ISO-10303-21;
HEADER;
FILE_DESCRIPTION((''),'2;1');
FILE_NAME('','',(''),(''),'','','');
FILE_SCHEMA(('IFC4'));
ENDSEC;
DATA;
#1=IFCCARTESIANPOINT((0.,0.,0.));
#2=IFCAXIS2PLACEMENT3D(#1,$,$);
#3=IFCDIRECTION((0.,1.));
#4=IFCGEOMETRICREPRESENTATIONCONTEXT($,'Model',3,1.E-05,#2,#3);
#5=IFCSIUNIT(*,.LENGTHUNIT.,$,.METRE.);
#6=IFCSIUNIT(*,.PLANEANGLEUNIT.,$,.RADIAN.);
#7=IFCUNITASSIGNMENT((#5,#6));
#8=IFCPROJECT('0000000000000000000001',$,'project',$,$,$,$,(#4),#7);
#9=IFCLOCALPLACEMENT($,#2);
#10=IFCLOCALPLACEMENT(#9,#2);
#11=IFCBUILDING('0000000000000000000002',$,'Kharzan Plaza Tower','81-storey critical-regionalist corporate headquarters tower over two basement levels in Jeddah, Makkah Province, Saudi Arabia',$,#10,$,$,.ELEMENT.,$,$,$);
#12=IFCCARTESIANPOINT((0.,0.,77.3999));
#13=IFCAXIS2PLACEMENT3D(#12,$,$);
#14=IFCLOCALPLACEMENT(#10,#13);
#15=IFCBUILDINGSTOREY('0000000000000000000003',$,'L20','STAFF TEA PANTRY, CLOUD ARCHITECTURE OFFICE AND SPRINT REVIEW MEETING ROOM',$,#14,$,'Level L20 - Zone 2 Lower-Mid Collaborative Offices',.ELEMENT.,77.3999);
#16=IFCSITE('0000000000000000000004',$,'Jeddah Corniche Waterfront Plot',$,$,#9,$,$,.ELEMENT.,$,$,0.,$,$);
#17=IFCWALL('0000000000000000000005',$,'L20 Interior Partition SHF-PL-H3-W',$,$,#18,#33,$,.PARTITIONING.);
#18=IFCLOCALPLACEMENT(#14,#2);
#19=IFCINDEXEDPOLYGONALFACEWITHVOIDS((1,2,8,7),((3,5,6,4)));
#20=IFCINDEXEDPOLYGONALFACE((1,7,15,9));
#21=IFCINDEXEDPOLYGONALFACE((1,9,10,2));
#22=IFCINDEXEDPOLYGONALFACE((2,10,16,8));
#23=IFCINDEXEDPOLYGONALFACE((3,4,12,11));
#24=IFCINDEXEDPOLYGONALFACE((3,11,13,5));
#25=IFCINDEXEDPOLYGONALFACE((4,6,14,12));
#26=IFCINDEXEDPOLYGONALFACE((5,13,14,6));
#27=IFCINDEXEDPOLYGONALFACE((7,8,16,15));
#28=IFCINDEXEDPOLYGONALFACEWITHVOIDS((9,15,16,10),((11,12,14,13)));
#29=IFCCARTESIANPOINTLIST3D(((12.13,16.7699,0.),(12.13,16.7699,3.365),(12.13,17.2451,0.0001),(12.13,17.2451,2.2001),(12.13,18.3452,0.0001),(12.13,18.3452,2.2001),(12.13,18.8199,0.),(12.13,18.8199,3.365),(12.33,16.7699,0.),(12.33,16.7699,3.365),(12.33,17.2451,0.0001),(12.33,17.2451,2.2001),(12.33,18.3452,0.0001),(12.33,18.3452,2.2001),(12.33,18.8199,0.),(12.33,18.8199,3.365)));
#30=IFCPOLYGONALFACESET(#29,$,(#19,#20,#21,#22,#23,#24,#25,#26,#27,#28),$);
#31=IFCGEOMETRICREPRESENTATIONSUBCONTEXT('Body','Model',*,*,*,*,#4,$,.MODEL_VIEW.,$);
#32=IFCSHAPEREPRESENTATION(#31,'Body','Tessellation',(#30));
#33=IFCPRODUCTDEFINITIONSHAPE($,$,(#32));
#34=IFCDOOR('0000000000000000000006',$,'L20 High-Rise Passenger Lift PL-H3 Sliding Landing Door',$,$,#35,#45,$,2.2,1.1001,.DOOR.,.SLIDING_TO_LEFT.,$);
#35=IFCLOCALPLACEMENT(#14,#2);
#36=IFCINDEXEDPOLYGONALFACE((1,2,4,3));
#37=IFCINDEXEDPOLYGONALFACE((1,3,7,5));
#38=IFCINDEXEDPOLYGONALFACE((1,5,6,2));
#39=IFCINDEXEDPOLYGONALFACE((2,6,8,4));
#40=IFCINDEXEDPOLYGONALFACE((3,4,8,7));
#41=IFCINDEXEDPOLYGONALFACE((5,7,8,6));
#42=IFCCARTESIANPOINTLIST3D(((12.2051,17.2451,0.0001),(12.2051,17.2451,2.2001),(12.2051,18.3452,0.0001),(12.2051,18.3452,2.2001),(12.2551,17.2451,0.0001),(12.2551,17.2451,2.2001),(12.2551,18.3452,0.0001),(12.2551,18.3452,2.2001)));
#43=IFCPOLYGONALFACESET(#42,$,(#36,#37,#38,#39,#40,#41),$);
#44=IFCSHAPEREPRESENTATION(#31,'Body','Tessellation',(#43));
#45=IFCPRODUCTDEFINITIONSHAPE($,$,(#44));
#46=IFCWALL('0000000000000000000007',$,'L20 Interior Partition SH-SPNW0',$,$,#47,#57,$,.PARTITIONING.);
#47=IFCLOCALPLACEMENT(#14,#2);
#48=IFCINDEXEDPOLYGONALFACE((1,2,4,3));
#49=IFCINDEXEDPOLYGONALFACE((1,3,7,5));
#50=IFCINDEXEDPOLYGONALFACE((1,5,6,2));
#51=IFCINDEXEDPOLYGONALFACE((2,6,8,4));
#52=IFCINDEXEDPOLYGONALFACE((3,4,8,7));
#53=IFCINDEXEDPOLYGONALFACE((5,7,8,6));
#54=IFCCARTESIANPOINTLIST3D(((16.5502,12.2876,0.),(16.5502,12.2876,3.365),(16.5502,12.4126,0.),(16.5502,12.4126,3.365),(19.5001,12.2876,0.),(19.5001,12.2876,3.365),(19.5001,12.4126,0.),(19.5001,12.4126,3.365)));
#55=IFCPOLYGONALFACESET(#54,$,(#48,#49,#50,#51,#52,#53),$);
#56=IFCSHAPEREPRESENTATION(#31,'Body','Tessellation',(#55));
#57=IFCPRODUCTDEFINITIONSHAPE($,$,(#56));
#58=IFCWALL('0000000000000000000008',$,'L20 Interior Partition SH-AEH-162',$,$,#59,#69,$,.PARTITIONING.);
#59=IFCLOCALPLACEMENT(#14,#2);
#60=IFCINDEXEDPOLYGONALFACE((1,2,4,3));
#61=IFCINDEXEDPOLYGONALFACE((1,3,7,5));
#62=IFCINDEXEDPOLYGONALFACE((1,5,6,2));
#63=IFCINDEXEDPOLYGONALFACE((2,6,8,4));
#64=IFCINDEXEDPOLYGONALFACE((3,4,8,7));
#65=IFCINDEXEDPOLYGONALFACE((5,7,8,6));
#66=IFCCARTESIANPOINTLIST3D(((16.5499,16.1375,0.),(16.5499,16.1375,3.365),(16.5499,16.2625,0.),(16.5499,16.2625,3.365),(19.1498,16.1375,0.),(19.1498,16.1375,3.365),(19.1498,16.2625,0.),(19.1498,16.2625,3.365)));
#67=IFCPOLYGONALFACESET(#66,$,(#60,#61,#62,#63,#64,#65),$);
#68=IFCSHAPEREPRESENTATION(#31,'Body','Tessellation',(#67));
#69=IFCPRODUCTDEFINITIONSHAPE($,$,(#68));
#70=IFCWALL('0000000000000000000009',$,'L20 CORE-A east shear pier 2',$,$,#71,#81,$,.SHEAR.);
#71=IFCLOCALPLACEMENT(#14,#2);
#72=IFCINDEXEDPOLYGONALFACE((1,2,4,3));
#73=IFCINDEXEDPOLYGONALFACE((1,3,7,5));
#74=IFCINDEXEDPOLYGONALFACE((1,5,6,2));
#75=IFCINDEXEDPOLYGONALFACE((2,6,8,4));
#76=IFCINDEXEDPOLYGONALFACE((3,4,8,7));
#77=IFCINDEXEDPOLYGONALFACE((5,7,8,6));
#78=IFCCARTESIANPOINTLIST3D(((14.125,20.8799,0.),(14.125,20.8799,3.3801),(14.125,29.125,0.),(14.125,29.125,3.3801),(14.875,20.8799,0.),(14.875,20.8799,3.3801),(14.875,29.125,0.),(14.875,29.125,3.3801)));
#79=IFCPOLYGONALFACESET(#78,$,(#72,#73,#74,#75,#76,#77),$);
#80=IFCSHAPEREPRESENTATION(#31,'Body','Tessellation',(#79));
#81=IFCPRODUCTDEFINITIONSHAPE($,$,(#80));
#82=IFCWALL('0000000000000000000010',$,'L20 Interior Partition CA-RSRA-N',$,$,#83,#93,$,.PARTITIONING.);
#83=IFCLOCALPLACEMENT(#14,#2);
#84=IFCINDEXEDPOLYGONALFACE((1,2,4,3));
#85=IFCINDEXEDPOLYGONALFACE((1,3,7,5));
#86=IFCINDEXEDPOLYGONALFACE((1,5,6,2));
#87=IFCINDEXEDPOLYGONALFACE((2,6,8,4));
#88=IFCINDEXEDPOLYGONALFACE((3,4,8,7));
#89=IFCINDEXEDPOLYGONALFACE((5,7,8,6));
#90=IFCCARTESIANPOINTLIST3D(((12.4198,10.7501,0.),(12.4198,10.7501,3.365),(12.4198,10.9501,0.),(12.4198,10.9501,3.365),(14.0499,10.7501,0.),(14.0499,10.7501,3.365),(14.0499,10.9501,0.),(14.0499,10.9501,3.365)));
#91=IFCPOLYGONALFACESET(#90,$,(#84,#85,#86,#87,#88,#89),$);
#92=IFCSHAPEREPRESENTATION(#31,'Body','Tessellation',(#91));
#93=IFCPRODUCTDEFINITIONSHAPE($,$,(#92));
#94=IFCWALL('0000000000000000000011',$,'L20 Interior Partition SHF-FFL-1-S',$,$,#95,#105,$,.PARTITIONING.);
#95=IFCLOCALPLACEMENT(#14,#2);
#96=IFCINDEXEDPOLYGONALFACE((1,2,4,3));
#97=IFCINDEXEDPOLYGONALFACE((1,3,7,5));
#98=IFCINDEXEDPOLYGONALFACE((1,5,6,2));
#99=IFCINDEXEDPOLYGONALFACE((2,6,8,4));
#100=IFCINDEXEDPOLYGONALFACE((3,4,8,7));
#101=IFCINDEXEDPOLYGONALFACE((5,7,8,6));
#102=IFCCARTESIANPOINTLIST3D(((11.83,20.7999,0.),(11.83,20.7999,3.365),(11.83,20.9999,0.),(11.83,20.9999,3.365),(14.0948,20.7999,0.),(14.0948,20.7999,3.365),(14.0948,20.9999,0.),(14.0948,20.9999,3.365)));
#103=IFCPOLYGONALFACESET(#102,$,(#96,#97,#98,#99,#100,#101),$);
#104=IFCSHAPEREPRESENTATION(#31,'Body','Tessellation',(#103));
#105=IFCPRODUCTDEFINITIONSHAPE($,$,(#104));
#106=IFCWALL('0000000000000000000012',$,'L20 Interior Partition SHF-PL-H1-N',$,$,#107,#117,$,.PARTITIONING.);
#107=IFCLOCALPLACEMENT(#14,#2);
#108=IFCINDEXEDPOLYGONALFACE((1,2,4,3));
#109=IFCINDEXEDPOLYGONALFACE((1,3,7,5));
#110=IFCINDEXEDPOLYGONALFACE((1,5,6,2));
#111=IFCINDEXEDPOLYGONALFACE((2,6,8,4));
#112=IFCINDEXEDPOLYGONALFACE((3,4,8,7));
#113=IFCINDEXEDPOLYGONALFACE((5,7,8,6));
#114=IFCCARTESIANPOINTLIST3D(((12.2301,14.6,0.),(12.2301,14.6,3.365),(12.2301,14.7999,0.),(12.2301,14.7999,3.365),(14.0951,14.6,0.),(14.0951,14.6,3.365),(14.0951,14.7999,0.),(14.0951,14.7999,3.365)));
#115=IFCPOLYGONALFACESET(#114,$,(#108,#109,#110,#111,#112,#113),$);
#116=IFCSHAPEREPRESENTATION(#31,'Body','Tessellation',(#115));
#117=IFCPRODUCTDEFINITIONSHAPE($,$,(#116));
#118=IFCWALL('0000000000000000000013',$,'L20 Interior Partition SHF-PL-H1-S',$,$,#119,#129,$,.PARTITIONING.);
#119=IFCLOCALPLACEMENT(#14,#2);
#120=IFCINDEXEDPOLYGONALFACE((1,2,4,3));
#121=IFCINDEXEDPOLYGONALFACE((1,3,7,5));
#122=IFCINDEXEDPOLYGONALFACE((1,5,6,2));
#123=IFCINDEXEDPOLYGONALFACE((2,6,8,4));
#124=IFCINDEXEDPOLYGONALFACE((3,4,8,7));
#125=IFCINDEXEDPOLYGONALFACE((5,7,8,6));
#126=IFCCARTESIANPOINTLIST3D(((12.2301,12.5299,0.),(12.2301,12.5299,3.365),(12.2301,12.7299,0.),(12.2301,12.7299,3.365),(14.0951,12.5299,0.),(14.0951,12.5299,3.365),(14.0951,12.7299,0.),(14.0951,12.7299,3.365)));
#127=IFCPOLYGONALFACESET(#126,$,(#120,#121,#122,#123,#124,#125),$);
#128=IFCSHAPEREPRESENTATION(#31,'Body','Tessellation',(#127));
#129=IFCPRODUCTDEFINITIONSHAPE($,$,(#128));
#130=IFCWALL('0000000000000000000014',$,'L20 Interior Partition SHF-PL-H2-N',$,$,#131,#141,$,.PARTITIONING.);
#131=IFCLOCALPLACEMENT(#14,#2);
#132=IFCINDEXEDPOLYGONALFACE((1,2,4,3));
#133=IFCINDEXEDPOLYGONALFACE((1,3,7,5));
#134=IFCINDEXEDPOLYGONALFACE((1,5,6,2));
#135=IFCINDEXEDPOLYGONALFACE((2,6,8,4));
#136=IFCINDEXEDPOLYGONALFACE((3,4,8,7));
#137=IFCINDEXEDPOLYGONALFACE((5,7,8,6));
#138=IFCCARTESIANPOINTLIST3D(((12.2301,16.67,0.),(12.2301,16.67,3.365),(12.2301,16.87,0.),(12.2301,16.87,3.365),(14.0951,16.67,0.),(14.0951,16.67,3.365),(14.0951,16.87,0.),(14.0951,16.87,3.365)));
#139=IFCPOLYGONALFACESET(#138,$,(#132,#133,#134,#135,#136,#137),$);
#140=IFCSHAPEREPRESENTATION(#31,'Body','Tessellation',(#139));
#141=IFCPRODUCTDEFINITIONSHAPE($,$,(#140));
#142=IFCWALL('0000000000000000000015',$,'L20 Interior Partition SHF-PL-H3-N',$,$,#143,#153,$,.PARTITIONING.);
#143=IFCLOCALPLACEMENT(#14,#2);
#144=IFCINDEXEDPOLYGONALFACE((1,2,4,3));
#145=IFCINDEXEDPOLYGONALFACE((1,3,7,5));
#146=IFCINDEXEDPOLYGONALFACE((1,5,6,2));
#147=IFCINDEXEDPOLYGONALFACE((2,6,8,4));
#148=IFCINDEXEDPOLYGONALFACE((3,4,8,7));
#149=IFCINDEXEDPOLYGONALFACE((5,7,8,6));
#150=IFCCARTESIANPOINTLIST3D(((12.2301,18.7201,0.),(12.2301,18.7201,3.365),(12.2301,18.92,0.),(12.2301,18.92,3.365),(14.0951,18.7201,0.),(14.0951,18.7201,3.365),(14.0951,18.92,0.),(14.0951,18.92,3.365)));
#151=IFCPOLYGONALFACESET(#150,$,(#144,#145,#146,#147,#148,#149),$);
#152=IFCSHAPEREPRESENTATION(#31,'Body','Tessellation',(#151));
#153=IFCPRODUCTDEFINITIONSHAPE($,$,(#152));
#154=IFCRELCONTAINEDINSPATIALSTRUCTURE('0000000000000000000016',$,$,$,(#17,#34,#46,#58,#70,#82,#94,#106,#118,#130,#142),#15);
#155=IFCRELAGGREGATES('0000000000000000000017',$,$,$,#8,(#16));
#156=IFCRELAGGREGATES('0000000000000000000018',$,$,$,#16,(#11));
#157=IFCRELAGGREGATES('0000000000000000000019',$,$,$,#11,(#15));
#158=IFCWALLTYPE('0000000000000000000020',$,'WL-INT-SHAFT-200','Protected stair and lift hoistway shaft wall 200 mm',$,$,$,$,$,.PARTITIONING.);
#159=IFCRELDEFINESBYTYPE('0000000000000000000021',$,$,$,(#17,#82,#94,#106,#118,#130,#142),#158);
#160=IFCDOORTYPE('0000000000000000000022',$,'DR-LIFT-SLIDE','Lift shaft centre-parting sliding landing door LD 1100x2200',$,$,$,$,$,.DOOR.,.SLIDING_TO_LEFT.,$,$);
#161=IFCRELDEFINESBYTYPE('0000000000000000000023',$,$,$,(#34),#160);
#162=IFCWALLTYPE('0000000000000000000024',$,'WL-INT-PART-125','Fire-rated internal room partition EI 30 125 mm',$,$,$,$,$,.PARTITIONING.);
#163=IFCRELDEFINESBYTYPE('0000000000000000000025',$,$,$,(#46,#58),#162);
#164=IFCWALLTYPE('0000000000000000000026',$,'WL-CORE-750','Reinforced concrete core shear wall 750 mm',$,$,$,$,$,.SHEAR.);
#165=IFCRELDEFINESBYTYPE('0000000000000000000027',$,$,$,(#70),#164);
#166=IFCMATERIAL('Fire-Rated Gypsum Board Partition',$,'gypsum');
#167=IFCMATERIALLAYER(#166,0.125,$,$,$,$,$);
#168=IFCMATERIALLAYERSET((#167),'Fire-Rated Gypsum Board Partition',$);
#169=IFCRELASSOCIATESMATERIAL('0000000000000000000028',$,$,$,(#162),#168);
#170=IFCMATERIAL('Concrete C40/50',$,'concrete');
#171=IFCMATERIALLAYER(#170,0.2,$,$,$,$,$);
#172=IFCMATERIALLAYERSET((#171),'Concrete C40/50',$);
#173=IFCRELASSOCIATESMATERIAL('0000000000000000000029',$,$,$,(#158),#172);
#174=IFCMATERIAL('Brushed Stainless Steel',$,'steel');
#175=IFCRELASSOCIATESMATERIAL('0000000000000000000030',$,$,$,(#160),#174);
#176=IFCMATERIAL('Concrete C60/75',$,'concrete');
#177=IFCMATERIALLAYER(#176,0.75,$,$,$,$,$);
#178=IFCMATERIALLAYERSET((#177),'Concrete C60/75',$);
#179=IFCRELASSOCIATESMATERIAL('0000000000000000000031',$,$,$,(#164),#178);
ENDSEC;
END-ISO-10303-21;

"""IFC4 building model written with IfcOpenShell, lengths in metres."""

from ifc_helpers import new_model, si_unit, direction, frame, frame_2d, origin, place, context, subcontext, project, spatial, rectangle, extrude, source, transform, mapped, material, layer, layer_set, type_object, element, fill, save


model = new_model("IFC4")

# Units and contexts
model_context = context("Model", 3, precision=1e-05, world=origin(), true_north=direction((0.0, 1.0)))
body_context = subcontext(model_context, "Body", "Model", "MODEL_VIEW")
ifc_project = project(units=[si_unit("LENGTHUNIT", "METRE"), si_unit("PLANEANGLEUNIT", "RADIAN")], contexts=[model_context])

# Site, building, storey
site_placement = place(None, origin())
site = spatial("IfcSite", under=ifc_project, at=site_placement, Name="Jeddah Corniche Waterfront Plot", CompositionType="ELEMENT", RefElevation=0.0)
building_placement = place(site_placement, origin())
building = spatial("IfcBuilding", under=site, at=building_placement, Name="Kharzan Plaza Tower", Description="81-storey critical-regionalist corporate headquarters tower over two basement levels in Jeddah, Makkah Province, Saudi Arabia", CompositionType="ELEMENT")
storey_placement = place(building_placement, frame((0.0, 0.0, 77.3999)))
storey = spatial("IfcBuildingStorey", under=building, at=storey_placement, Name="L20", Description="STAFF TEA PANTRY, CLOUD ARCHITECTURE OFFICE AND SPRINT REVIEW MEETING ROOM", LongName="Level L20 - Zone 2 Lower-Mid Collaborative Offices", CompositionType="ELEMENT", Elevation=77.3999)

# Shared definitions
ifc_material_1 = material(Name="Concrete C60/75", Category="concrete")

# Wall, opening, door
ifc_material_2 = material(Name="Fire-Rated Gypsum Board Partition", Category="gypsum")
ifc_layer_1 = layer(ifc_material_2, 0.125)
ifc_layer_set_1 = layer_set([ifc_layer_1], Name="Fire-Rated Gypsum Board Partition")
wall_type_1 = type_object("IfcWallType", Name="WL-INT-PART-125", Description="Fire-rated internal room partition EI 30 125 mm", PredefinedType="PARTITIONING", material=ifc_layer_set_1)
ifc_material_3 = material(Name="Concrete C40/50", Category="concrete")
ifc_layer_2 = layer(ifc_material_3, 0.2)
ifc_layer_set_2 = layer_set([ifc_layer_2], Name="Concrete C40/50")
wall_type_2 = type_object("IfcWallType", Name="WL-INT-SHAFT-200", Description="Protected stair and lift hoistway shaft wall 200 mm", PredefinedType="PARTITIONING", material=ifc_layer_set_2)
ifc_material_4 = material(Name="Brushed Stainless Steel", Category="steel")
door_type_1 = type_object("IfcDoorType", Name="DR-LIFT-SLIDE", Description="Lift shaft centre-parting sliding landing door LD 1100x2200", OperationType="SLIDING_TO_LEFT", PredefinedType="DOOR", material=ifc_material_4)
shared_shape_1 = source(origin(), body_context, "Body", "SweptSolid", [
    extrude(rectangle(XDim=1.1001, YDim=2.2, at=frame_2d((0.55, 1.1001))), frame((0.0, 0.0249, 0.0), z_axis=(0.0, -1.0, 0.0), x_axis=(1.0, 0.0, 0.0)), (0.0, 0.0, 1.0), 0.05),
])
wall_1_placement = place(storey_placement, frame((12.23, 16.77, 0.0), z_axis=(0.0, 0.0, 1.0), x_axis=(0.0, 1.0, 0.0)))
wall_1 = element("IfcWall", 1, at=wall_1_placement, inside=storey, type_object=wall_type_2, Name="L20 Interior Partition SHF-PL-H3-W", PredefinedType="PARTITIONING", context=body_context, shape_type="SweptSolid", body=[
    extrude(rectangle(XDim=2.05, YDim=0.2, at=frame_2d((1.0249, 0.0))), origin(), (0.0, 0.0, 1.0), 3.365),
])
opening_1_placement = place(wall_1_placement, frame((0.4751, 0.0, 0.0)))
opening_1 = element("IfcOpeningElement", 2, at=opening_1_placement, cuts=wall_1, PredefinedType="OPENING", context=body_context, shape_type="SweptSolid", body=[
    extrude(rectangle(XDim=1.1001, YDim=2.2, at=frame_2d((0.55, 1.1001))), frame((0.0, 0.1099, 0.0), z_axis=(0.0, -1.0, 0.0), x_axis=(1.0, 0.0, 0.0)), (0.0, 0.0, 1.0), 0.22),
])
door_1_placement = place(opening_1_placement, origin())
door_1 = element("IfcDoor", 3, at=door_1_placement, inside=storey, type_object=door_type_1, Name="L20 High-Rise Passenger Lift PL-H3 Sliding Landing Door", OperationType="SLIDING_TO_LEFT", OverallHeight=2.2, OverallWidth=1.1001, PredefinedType="DOOR", context=body_context, shape_type="MappedRepresentation", body=[
    mapped(shared_shape_1, transform((0.0, 0.0, 0.0), x_axis=(1.0, 0.0, 0.0), y_axis=(0.0, 1.0, 0.0), z_axis=(0.0, 0.0, 1.0))),
])
fill(opening_1, door_1)

# Walls
shared_shape_2 = source(origin(), body_context, "Body", "SweptSolid", [
    extrude(rectangle(XDim=2.95, YDim=0.125, at=frame_2d((1.4751, 0.0))), origin(), (0.0, 0.0, 1.0), 3.365),
])
wall_2_placement = place(storey_placement, frame((16.55, 12.3501, 0.0), z_axis=(0.0, 0.0, 1.0), x_axis=(1.0, 0.0, 0.0)))
element("IfcWall", 4, at=wall_2_placement, inside=storey, type_object=wall_type_1, Name="L20 Interior Partition SH-SPNW0", PredefinedType="PARTITIONING", context=body_context, shape_type="MappedRepresentation", body=[
    mapped(shared_shape_2, transform((0.0, 0.0, 0.0), x_axis=(1.0, 0.0, 0.0), y_axis=(0.0, 1.0, 0.0), z_axis=(0.0, 0.0, 1.0))),
])
shared_shape_3 = source(origin(), body_context, "Body", "SweptSolid", [
    extrude(rectangle(XDim=2.5999, YDim=0.125, at=frame_2d((1.2998, 0.0))), origin(), (0.0, 0.0, 1.0), 3.365),
])
wall_3_placement = place(storey_placement, frame((16.55, 16.2, 0.0), z_axis=(0.0, 0.0, 1.0), x_axis=(1.0, 0.0, 0.0)))
element("IfcWall", 5, at=wall_3_placement, inside=storey, type_object=wall_type_1, Name="L20 Interior Partition SH-AEH-162", PredefinedType="PARTITIONING", context=body_context, shape_type="MappedRepresentation", body=[
    mapped(shared_shape_3, transform((0.0, 0.0, 0.0), x_axis=(1.0, 0.0, 0.0), y_axis=(0.0, 1.0, 0.0), z_axis=(0.0, 0.0, 1.0))),
])
ifc_layer_3 = layer(ifc_material_1, 0.75)
ifc_layer_set_3 = layer_set([ifc_layer_3], Name="Concrete C60/75")
wall_type_3 = type_object("IfcWallType", Name="WL-CORE-750", Description="Reinforced concrete core shear wall 750 mm", PredefinedType="SHEAR", material=ifc_layer_set_3)
shared_shape_4 = source(origin(), body_context, "Body", "SweptSolid", [
    extrude(rectangle(XDim=8.2451, YDim=0.75, at=frame_2d((4.1226, 0.0))), origin(), (0.0, 0.0, 1.0), 3.3801),
])
wall_4_placement = place(storey_placement, frame((14.5, 20.8799, 0.0), z_axis=(0.0, 0.0, 1.0), x_axis=(0.0, 1.0, 0.0)))
element("IfcWall", 6, at=wall_4_placement, inside=storey, type_object=wall_type_3, Name="L20 CORE-A east shear pier 2", PredefinedType="SHEAR", context=body_context, shape_type="MappedRepresentation", body=[
    mapped(shared_shape_4, transform((0.0, 0.0, 0.0), x_axis=(1.0, 0.0, 0.0), y_axis=(0.0, 1.0, 0.0), z_axis=(0.0, 0.0, 1.0))),
])
shared_shape_5 = source(origin(), body_context, "Body", "SweptSolid", [
    extrude(rectangle(XDim=1.6301, YDim=0.2, at=frame_2d((0.8149, 0.0))), origin(), (0.0, 0.0, 1.0), 3.365),
])
wall_5_placement = place(storey_placement, frame((12.4199, 10.8501, 0.0), z_axis=(0.0, 0.0, 1.0), x_axis=(1.0, 0.0, 0.0)))
element("IfcWall", 7, at=wall_5_placement, inside=storey, type_object=wall_type_2, Name="L20 Interior Partition CA-RSRA-N", PredefinedType="PARTITIONING", context=body_context, shape_type="MappedRepresentation", body=[
    mapped(shared_shape_5, transform((0.0, 0.0, 0.0), x_axis=(1.0, 0.0, 0.0), y_axis=(0.0, 1.0, 0.0), z_axis=(0.0, 0.0, 1.0))),
])
shared_shape_6 = source(origin(), body_context, "Body", "SweptSolid", [
    extrude(rectangle(XDim=2.2649, YDim=0.2, at=frame_2d((1.1323, 0.0))), origin(), (0.0, 0.0, 1.0), 3.365),
])
wall_6_placement = place(storey_placement, frame((11.8301, 20.8999, 0.0), z_axis=(0.0, 0.0, 1.0), x_axis=(1.0, 0.0, 0.0)))
element("IfcWall", 8, at=wall_6_placement, inside=storey, type_object=wall_type_2, Name="L20 Interior Partition SHF-FFL-1-S", PredefinedType="PARTITIONING", context=body_context, shape_type="MappedRepresentation", body=[
    mapped(shared_shape_6, transform((0.0, 0.0, 0.0), x_axis=(1.0, 0.0, 0.0), y_axis=(0.0, 1.0, 0.0), z_axis=(0.0, 0.0, 1.0))),
])
shared_shape_7 = source(origin(), body_context, "Body", "SweptSolid", [
    extrude(rectangle(XDim=1.865, YDim=0.2, at=frame_2d((0.9326, 0.0))), origin(), (0.0, 0.0, 1.0), 3.365),
])
for number, where, z_axis, x_axis, name in (
    (9, (12.23, 14.7, 0.0), (0.0, 0.0, 1.0), (1.0, 0.0, 0.0), "L20 Interior Partition SHF-PL-H1-N"),
    (10, (12.23, 12.6299, 0.0), (0.0, 0.0, 1.0), (1.0, 0.0, 0.0), "L20 Interior Partition SHF-PL-H1-S"),
    (11, (12.23, 16.77, 0.0), (0.0, 0.0, 1.0), (1.0, 0.0, 0.0), "L20 Interior Partition SHF-PL-H2-N"),
    (12, (12.23, 18.8201, 0.0), (0.0, 0.0, 1.0), (1.0, 0.0, 0.0), "L20 Interior Partition SHF-PL-H3-N"),
):
    element("IfcWall", number, at=place(storey_placement, frame(where, z_axis=z_axis, x_axis=x_axis)), inside=storey, type_object=wall_type_2, Name=name, PredefinedType="PARTITIONING", context=body_context, shape_type="MappedRepresentation", body=[
        mapped(shared_shape_7, transform((0.0, 0.0, 0.0), x_axis=(1.0, 0.0, 0.0), y_axis=(0.0, 1.0, 0.0), z_axis=(0.0, 0.0, 1.0))),
    ])

save(model, "model.ifc")
